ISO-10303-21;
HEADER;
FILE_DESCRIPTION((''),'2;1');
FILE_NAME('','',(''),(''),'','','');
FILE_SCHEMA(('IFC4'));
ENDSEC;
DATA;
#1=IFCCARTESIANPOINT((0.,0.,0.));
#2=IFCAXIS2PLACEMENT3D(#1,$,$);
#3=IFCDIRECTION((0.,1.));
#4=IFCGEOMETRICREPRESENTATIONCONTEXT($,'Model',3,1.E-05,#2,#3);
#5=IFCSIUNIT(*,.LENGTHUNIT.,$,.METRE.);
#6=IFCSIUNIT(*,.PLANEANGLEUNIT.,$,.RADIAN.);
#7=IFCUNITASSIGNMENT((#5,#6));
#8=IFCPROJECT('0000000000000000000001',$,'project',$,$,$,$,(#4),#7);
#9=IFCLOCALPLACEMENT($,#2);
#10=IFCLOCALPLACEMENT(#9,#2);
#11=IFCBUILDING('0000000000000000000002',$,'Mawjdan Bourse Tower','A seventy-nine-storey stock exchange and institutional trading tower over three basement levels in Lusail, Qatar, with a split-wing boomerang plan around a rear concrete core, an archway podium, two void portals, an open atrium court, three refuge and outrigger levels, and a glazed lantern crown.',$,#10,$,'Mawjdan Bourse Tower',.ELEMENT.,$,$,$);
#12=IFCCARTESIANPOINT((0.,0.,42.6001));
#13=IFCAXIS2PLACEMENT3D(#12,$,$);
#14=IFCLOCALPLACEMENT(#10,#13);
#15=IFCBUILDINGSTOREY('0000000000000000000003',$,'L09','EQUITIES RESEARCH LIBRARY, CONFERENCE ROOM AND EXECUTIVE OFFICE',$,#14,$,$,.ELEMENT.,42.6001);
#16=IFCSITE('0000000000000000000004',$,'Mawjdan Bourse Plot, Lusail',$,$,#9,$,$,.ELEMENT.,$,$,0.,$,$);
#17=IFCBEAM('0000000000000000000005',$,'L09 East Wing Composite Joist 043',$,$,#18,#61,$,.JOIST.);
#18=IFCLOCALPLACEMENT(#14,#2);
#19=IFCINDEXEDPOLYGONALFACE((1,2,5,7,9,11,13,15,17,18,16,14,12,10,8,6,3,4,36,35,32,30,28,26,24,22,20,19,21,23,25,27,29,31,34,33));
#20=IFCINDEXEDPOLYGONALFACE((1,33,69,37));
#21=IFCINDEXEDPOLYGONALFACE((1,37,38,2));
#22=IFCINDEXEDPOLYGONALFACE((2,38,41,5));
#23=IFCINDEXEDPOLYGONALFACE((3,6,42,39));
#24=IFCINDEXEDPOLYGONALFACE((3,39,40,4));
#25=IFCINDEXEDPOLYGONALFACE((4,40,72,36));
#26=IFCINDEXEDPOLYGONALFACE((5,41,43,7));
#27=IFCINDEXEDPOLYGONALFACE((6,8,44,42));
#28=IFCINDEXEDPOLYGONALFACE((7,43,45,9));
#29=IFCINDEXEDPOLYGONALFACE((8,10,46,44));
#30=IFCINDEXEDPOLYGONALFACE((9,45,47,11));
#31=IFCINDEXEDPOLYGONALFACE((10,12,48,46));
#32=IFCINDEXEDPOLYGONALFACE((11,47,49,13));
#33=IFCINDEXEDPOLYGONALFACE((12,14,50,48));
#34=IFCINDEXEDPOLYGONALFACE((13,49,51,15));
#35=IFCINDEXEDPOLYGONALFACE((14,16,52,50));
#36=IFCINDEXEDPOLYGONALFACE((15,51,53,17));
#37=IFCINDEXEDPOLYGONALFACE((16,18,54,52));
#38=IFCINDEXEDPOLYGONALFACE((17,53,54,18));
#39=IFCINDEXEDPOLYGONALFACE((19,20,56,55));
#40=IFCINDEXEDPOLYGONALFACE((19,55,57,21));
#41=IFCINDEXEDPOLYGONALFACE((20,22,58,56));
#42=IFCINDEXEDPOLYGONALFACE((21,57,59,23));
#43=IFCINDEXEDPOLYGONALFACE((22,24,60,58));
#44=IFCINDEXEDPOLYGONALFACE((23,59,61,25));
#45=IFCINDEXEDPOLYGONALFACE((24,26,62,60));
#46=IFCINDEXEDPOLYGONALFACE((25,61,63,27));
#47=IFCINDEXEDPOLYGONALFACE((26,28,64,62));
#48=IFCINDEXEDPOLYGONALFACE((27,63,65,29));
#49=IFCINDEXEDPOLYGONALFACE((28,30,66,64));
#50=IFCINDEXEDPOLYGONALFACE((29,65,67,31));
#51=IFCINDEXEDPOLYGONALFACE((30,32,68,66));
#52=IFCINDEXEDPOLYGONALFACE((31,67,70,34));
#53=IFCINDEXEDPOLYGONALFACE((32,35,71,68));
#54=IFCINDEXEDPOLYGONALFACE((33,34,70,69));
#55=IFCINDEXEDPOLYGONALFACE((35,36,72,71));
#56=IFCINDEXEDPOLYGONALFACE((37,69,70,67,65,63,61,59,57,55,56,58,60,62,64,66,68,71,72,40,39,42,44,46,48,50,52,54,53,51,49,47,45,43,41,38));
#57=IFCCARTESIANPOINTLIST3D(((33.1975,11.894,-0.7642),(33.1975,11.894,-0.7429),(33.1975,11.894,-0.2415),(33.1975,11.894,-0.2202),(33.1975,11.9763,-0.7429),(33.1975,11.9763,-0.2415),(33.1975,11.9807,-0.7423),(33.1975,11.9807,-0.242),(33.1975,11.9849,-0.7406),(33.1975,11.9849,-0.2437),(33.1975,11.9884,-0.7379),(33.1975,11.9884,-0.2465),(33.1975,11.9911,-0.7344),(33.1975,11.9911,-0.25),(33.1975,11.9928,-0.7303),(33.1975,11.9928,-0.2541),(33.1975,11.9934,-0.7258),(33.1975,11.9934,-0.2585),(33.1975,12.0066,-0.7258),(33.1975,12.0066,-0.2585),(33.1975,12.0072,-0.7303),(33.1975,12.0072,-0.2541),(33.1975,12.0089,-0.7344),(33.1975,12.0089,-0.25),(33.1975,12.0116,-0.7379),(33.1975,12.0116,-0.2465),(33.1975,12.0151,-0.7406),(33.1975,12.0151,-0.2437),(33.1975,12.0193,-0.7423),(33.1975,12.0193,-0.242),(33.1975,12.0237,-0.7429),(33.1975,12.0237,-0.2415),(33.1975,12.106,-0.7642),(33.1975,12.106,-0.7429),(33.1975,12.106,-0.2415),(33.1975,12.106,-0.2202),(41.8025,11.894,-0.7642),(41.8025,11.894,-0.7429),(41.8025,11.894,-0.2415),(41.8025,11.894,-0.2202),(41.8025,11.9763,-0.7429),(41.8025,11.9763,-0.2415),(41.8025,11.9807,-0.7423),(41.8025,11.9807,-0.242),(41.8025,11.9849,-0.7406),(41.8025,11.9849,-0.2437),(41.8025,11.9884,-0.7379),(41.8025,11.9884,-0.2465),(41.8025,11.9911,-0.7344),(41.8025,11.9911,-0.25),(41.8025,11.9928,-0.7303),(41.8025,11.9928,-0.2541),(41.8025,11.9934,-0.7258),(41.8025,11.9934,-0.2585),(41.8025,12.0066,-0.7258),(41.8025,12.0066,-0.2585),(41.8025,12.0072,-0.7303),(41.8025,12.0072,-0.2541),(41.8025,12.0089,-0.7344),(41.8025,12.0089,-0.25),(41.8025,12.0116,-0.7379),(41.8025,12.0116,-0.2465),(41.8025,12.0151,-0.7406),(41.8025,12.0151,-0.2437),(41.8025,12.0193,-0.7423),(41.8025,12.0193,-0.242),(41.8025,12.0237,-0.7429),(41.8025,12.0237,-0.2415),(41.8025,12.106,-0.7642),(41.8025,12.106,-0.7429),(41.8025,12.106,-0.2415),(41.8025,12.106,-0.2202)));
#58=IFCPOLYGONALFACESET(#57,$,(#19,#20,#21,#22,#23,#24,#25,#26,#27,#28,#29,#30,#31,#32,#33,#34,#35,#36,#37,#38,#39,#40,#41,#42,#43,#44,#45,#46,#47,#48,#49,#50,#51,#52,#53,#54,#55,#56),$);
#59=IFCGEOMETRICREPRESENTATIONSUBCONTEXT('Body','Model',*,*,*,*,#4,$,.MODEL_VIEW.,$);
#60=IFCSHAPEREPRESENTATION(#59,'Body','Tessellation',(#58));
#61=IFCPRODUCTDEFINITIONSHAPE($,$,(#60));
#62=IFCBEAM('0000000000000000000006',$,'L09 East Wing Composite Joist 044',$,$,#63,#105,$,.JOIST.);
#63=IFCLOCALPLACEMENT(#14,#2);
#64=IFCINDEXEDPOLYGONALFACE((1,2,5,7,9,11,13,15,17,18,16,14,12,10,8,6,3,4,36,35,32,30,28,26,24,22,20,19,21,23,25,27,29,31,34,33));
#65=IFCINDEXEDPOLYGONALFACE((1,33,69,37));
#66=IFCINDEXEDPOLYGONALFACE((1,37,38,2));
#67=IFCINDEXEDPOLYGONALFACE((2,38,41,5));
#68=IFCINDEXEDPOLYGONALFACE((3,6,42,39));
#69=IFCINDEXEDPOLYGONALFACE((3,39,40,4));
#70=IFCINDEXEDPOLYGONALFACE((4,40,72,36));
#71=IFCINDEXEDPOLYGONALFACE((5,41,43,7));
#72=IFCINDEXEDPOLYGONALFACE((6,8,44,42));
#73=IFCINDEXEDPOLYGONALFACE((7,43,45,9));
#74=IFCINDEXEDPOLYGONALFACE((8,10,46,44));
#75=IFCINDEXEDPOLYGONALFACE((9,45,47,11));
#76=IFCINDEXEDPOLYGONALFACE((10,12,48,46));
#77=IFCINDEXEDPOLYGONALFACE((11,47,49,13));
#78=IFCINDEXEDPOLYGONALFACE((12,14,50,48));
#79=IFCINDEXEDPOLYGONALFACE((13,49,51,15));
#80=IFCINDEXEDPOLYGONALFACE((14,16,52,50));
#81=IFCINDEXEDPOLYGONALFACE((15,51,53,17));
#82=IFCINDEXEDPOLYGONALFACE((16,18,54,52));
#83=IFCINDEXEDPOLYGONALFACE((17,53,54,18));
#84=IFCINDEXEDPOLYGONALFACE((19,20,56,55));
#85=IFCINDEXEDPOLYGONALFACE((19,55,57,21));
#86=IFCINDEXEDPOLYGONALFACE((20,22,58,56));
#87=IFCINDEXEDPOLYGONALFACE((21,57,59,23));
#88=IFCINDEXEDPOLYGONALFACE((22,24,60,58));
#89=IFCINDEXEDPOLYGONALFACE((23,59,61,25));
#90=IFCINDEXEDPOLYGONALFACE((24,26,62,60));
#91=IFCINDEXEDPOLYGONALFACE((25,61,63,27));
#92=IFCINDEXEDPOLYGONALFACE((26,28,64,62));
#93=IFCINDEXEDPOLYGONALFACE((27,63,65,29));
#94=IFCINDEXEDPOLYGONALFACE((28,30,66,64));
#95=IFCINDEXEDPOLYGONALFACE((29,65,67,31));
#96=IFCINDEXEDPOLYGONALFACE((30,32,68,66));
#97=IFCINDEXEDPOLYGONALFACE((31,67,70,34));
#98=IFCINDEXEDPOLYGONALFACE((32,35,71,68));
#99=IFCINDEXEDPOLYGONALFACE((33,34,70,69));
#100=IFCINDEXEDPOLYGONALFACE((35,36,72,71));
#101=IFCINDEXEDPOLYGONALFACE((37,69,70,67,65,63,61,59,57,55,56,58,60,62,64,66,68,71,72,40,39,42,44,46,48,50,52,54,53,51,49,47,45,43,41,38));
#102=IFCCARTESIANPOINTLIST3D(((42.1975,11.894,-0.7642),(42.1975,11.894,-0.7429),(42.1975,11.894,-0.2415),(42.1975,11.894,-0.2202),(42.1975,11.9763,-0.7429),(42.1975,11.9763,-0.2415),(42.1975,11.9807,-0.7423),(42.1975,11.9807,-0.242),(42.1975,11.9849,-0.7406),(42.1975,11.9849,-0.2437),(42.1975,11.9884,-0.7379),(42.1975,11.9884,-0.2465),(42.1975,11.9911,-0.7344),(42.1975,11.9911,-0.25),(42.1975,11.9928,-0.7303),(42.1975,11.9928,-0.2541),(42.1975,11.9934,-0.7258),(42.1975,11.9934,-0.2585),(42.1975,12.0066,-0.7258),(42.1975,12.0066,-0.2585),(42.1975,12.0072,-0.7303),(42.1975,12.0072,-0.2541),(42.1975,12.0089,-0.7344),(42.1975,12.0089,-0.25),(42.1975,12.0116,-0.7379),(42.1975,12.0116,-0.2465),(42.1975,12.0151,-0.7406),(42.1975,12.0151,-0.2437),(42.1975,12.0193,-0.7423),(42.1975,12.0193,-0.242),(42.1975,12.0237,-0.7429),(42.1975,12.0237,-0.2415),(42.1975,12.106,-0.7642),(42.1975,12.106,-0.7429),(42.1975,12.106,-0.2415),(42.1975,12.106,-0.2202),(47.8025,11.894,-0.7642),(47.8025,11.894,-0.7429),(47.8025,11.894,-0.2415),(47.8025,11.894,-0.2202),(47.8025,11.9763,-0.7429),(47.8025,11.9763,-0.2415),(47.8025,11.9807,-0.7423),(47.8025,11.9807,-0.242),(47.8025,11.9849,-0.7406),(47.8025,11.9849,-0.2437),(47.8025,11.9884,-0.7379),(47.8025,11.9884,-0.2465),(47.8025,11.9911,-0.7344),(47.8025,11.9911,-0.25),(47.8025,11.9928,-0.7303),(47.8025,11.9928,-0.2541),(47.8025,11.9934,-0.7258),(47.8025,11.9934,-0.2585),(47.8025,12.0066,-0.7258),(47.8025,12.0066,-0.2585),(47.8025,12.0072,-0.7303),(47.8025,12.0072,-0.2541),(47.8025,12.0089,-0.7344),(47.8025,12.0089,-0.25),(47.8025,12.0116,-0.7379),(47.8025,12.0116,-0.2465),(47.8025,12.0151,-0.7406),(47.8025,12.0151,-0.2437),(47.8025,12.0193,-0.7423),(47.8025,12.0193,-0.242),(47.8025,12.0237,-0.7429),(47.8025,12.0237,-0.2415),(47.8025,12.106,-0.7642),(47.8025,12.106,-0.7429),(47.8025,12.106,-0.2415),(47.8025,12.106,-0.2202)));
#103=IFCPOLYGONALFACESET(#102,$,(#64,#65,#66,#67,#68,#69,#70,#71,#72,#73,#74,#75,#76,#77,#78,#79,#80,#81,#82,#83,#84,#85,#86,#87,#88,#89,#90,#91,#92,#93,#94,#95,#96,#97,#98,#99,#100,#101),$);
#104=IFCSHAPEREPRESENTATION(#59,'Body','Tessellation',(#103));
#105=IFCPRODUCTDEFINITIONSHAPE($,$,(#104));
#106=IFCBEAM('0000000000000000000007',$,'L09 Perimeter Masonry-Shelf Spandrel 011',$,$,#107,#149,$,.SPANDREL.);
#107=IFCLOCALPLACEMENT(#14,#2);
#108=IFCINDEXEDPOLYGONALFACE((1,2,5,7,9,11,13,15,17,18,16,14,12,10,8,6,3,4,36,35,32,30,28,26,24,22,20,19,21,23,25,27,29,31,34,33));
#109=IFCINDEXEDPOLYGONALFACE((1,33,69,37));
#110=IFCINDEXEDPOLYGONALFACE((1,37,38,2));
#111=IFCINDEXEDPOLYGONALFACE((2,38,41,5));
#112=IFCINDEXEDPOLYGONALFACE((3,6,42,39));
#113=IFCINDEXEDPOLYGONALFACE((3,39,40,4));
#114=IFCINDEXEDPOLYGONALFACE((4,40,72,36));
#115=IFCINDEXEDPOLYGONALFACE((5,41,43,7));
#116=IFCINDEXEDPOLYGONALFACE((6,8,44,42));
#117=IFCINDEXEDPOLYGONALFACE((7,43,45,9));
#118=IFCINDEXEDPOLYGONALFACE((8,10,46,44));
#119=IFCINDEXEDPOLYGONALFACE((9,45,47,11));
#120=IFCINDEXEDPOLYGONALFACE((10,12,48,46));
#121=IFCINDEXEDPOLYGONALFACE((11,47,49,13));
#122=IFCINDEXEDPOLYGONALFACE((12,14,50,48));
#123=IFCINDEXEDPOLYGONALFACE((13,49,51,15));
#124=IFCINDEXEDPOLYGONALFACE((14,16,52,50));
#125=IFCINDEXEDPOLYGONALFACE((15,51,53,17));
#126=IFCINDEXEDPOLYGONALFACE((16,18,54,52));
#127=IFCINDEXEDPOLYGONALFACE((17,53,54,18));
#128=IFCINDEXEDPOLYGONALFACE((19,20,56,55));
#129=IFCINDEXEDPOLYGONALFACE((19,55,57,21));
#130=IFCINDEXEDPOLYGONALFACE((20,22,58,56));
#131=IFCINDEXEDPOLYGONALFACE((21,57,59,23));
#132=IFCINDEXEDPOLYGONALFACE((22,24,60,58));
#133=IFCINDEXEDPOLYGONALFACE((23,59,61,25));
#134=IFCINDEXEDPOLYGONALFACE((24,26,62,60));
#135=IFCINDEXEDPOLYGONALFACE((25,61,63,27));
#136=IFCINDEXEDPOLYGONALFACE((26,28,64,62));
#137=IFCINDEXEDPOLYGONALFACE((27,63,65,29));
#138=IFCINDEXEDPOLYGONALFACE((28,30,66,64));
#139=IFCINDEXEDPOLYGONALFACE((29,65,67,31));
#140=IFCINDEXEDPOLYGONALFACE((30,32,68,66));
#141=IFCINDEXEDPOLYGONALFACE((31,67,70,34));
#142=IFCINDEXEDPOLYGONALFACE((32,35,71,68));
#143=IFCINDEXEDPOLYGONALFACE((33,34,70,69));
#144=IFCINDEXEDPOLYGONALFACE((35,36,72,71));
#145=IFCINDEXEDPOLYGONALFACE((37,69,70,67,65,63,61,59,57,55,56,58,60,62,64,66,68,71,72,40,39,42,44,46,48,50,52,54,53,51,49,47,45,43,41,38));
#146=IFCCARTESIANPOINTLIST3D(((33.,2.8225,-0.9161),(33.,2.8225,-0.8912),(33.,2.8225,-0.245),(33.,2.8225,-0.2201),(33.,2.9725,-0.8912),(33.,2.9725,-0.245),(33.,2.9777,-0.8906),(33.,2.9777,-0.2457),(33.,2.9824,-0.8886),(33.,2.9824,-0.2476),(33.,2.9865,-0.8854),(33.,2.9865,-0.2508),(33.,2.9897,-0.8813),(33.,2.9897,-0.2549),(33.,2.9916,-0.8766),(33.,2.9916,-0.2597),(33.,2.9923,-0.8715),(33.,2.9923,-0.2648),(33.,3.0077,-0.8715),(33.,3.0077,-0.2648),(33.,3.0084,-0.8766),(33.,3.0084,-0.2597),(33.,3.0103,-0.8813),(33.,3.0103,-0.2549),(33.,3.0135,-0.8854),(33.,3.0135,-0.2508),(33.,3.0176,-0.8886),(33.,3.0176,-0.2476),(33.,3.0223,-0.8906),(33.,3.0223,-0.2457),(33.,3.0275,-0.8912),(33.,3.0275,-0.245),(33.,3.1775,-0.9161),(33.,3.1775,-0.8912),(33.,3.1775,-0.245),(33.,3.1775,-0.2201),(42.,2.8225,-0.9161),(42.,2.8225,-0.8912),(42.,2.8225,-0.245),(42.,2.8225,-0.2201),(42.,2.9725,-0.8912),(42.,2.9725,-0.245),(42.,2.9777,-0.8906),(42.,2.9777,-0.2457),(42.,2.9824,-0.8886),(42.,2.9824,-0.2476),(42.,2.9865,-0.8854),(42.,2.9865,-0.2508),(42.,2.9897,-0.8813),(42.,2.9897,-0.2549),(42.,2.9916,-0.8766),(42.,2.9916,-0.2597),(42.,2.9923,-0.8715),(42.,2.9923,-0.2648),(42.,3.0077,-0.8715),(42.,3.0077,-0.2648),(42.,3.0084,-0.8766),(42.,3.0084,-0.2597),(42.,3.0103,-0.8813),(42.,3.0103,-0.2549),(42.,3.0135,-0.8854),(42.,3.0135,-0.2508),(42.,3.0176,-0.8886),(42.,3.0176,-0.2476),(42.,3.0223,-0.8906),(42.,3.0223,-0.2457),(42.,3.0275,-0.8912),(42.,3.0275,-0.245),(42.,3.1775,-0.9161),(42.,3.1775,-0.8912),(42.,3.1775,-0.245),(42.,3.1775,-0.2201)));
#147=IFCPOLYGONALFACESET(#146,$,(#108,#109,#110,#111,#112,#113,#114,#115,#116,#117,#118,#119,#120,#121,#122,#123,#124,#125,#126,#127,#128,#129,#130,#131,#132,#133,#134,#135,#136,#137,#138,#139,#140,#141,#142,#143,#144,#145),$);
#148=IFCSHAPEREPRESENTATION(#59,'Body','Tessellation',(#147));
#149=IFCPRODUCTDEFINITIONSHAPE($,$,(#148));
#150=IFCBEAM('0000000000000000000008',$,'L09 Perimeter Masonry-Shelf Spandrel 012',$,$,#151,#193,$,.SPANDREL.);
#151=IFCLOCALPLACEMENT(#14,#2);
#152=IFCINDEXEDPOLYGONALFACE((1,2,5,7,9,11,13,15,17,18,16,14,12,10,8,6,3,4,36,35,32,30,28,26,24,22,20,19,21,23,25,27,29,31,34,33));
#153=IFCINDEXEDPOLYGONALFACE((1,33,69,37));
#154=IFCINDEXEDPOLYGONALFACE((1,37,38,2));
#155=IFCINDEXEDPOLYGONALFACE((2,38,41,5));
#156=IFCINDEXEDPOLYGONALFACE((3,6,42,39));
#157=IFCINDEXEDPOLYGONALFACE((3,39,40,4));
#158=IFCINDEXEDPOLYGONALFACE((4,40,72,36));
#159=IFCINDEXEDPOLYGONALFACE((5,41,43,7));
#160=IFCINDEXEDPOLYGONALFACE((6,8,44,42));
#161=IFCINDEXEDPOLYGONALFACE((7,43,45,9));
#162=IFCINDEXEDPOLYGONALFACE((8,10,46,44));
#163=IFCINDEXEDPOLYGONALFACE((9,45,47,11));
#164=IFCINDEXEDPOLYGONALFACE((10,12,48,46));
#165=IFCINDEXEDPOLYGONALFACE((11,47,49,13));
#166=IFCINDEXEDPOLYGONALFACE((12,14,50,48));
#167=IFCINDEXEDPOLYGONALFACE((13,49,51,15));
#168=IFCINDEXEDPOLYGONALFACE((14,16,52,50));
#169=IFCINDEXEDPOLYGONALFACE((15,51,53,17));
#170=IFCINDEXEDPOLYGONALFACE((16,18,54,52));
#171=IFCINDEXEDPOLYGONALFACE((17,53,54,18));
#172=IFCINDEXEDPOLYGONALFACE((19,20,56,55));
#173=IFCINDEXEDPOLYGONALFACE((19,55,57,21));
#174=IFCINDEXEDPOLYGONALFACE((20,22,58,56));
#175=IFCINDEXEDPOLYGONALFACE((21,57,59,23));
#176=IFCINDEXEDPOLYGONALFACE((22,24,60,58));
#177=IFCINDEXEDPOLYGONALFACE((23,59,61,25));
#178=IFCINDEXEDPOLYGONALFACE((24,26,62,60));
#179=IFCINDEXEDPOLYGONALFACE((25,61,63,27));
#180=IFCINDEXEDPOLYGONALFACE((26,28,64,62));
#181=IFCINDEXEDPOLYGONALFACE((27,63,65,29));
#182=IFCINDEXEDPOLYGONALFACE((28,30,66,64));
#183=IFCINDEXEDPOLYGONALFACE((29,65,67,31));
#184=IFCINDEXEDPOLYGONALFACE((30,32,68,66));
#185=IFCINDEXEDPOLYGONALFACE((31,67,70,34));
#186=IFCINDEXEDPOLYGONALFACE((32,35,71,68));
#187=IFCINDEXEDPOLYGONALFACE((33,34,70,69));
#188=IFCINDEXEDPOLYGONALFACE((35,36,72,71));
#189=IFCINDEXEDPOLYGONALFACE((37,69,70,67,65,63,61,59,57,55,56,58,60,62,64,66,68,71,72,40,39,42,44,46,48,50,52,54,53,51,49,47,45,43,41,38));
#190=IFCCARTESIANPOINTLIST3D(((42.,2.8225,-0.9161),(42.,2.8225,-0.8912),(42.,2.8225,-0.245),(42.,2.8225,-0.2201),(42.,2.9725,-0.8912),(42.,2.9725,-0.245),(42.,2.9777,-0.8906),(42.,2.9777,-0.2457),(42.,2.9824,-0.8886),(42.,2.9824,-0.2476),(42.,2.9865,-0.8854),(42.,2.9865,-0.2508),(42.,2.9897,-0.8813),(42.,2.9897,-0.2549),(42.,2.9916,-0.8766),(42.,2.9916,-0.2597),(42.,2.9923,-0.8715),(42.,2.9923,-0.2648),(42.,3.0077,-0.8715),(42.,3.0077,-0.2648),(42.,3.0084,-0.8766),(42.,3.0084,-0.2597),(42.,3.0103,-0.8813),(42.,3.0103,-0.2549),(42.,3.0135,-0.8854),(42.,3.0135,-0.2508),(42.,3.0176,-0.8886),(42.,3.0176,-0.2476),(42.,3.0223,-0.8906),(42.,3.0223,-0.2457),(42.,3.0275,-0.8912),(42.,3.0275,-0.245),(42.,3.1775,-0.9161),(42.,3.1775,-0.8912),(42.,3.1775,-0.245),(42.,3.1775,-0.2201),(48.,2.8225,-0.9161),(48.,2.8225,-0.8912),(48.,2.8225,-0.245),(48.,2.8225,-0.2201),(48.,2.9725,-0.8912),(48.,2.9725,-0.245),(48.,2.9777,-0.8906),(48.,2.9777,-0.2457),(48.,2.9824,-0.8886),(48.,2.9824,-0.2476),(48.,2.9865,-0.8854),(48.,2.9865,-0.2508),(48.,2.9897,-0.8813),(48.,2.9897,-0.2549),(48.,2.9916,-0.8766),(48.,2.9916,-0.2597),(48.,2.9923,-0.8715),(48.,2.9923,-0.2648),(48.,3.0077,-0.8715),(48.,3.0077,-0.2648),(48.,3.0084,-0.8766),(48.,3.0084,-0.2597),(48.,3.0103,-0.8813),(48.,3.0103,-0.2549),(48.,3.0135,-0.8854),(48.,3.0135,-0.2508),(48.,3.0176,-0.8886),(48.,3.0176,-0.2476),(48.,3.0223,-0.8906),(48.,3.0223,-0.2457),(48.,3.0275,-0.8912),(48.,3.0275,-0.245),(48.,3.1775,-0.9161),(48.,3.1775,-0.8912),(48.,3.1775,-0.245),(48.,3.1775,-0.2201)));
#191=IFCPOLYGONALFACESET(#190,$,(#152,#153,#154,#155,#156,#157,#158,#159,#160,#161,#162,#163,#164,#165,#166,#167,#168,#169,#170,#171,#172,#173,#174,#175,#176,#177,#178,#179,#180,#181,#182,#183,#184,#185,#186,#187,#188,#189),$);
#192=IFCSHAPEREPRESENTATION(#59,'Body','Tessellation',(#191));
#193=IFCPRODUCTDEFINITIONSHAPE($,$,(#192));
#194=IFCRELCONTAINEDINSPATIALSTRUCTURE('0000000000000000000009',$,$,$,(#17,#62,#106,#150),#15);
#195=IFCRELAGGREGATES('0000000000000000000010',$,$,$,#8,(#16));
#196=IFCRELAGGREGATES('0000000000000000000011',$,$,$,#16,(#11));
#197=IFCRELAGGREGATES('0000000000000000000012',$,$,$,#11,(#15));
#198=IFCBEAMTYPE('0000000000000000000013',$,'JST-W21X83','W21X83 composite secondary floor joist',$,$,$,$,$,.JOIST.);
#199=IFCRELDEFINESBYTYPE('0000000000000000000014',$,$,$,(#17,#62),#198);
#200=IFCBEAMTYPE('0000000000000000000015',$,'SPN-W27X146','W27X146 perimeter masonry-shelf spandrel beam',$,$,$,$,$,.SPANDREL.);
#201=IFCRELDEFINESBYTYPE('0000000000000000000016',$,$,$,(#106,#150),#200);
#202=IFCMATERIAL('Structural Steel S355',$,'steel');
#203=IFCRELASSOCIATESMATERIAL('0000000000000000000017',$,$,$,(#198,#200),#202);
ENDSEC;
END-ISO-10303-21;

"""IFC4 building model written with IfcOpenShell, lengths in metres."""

from ifc_helpers import new_model, si_unit, direction, frame, origin, origin_2d, place, context, subcontext, project, spatial, i_section, extrude, material, material_profile, profile_set, type_object, element, save


model = new_model("IFC4")

# Units and contexts
model_context = context("Model", 3, precision=1e-05, world=origin(), true_north=direction((0.0, 1.0)))
body_context = subcontext(model_context, "Body", "Model", "MODEL_VIEW")
ifc_project = project(units=[si_unit("LENGTHUNIT", "METRE"), si_unit("PLANEANGLEUNIT", "RADIAN")], contexts=[model_context])

# Site, building, storey
site_placement = place(None, origin())
site = spatial("IfcSite", under=ifc_project, at=site_placement, Name="Mawjdan Bourse Plot, Lusail", CompositionType="ELEMENT", RefElevation=0.0)
building_placement = place(site_placement, origin())
building = spatial("IfcBuilding", under=site, at=building_placement, Name="Mawjdan Bourse Tower", Description="A seventy-nine-storey stock exchange and institutional trading tower over three basement levels in Lusail, Qatar, with a split-wing boomerang plan around a rear concrete core, an archway podium, two void portals, an open atrium court, three refuge and outrigger levels, and a glazed lantern crown.", LongName="Mawjdan Bourse Tower", CompositionType="ELEMENT")
storey_placement = place(building_placement, frame((0.0, 0.0, 42.6001)))
storey = spatial("IfcBuildingStorey", under=building, at=storey_placement, Name="L09", Description="EQUITIES RESEARCH LIBRARY, CONFERENCE ROOM AND EXECUTIVE OFFICE", CompositionType="ELEMENT", Elevation=42.6001)

# Beams
ifc_material_1 = material(Name="Structural Steel S355", Category="steel")
ifc_material_profile_1 = material_profile(ifc_material_1, i_section(OverallWidth=0.2119, OverallDepth=0.5439, WebThickness=0.0132, FlangeThickness=0.0212, FilletRadius=0.0171, at=origin_2d()), Name="W21X83")
ifc_profile_set_1 = profile_set([ifc_material_profile_1], Name="Structural Steel S355")
beam_type_1 = type_object("IfcBeamType", Name="JST-W21X83", Description="W21X83 composite secondary floor joist", PredefinedType="JOIST", material=ifc_profile_set_1)
beam_1_placement = place(storey_placement, frame((33.1975, 12.0, -0.4922), z_axis=(1.0, 0.0, 0.0), x_axis=(0.0, 1.0, 0.0)))
element("IfcBeam", 1, at=beam_1_placement, inside=storey, type_object=beam_type_1, Name="L09 East Wing Composite Joist 043", PredefinedType="JOIST", context=body_context, shape_type="SweptSolid", body=[
    extrude(i_section(OverallWidth=0.2119, OverallDepth=0.5439, WebThickness=0.0132, FlangeThickness=0.0212, FilletRadius=0.0171, at=origin_2d()), origin(), (0.0, 0.0, 1.0), 8.605),
])
beam_2_placement = place(storey_placement, frame((42.1975, 12.0, -0.4922), z_axis=(1.0, 0.0, 0.0), x_axis=(0.0, 1.0, 0.0)))
element("IfcBeam", 2, at=beam_2_placement, inside=storey, type_object=beam_type_1, Name="L09 East Wing Composite Joist 044", PredefinedType="JOIST", context=body_context, shape_type="SweptSolid", body=[
    extrude(i_section(OverallWidth=0.2119, OverallDepth=0.5439, WebThickness=0.0132, FlangeThickness=0.0212, FilletRadius=0.0171, at=origin_2d()), origin(), (0.0, 0.0, 1.0), 5.605),
])
ifc_material_profile_2 = material_profile(ifc_material_1, i_section(OverallWidth=0.355, OverallDepth=0.696, WebThickness=0.0154, FlangeThickness=0.0249, FilletRadius=0.0198, at=origin_2d()), Name="W27X146")
ifc_profile_set_2 = profile_set([ifc_material_profile_2], Name="Structural Steel S355")
beam_type_2 = type_object("IfcBeamType", Name="SPN-W27X146", Description="W27X146 perimeter masonry-shelf spandrel beam", PredefinedType="SPANDREL", material=ifc_profile_set_2)
beam_3_placement = place(storey_placement, frame((33.0, 3.0, -0.5681), z_axis=(1.0, 0.0, 0.0), x_axis=(0.0, 1.0, 0.0)))
element("IfcBeam", 3, at=beam_3_placement, inside=storey, type_object=beam_type_2, Name="L09 Perimeter Masonry-Shelf Spandrel 011", PredefinedType="SPANDREL", context=body_context, shape_type="SweptSolid", body=[
    extrude(i_section(OverallWidth=0.355, OverallDepth=0.696, WebThickness=0.0154, FlangeThickness=0.0249, FilletRadius=0.0198, at=origin_2d()), origin(), (0.0, 0.0, 1.0), 9.0),
])
beam_4_placement = place(storey_placement, frame((42.0, 3.0, -0.5681), z_axis=(1.0, 0.0, 0.0), x_axis=(0.0, 1.0, 0.0)))
element("IfcBeam", 4, at=beam_4_placement, inside=storey, type_object=beam_type_2, Name="L09 Perimeter Masonry-Shelf Spandrel 012", PredefinedType="SPANDREL", context=body_context, shape_type="SweptSolid", body=[
    extrude(i_section(OverallWidth=0.355, OverallDepth=0.696, WebThickness=0.0154, FlangeThickness=0.0249, FilletRadius=0.0198, at=origin_2d()), origin(), (0.0, 0.0, 1.0), 6.0),
])

save(model, "model.ifc")
